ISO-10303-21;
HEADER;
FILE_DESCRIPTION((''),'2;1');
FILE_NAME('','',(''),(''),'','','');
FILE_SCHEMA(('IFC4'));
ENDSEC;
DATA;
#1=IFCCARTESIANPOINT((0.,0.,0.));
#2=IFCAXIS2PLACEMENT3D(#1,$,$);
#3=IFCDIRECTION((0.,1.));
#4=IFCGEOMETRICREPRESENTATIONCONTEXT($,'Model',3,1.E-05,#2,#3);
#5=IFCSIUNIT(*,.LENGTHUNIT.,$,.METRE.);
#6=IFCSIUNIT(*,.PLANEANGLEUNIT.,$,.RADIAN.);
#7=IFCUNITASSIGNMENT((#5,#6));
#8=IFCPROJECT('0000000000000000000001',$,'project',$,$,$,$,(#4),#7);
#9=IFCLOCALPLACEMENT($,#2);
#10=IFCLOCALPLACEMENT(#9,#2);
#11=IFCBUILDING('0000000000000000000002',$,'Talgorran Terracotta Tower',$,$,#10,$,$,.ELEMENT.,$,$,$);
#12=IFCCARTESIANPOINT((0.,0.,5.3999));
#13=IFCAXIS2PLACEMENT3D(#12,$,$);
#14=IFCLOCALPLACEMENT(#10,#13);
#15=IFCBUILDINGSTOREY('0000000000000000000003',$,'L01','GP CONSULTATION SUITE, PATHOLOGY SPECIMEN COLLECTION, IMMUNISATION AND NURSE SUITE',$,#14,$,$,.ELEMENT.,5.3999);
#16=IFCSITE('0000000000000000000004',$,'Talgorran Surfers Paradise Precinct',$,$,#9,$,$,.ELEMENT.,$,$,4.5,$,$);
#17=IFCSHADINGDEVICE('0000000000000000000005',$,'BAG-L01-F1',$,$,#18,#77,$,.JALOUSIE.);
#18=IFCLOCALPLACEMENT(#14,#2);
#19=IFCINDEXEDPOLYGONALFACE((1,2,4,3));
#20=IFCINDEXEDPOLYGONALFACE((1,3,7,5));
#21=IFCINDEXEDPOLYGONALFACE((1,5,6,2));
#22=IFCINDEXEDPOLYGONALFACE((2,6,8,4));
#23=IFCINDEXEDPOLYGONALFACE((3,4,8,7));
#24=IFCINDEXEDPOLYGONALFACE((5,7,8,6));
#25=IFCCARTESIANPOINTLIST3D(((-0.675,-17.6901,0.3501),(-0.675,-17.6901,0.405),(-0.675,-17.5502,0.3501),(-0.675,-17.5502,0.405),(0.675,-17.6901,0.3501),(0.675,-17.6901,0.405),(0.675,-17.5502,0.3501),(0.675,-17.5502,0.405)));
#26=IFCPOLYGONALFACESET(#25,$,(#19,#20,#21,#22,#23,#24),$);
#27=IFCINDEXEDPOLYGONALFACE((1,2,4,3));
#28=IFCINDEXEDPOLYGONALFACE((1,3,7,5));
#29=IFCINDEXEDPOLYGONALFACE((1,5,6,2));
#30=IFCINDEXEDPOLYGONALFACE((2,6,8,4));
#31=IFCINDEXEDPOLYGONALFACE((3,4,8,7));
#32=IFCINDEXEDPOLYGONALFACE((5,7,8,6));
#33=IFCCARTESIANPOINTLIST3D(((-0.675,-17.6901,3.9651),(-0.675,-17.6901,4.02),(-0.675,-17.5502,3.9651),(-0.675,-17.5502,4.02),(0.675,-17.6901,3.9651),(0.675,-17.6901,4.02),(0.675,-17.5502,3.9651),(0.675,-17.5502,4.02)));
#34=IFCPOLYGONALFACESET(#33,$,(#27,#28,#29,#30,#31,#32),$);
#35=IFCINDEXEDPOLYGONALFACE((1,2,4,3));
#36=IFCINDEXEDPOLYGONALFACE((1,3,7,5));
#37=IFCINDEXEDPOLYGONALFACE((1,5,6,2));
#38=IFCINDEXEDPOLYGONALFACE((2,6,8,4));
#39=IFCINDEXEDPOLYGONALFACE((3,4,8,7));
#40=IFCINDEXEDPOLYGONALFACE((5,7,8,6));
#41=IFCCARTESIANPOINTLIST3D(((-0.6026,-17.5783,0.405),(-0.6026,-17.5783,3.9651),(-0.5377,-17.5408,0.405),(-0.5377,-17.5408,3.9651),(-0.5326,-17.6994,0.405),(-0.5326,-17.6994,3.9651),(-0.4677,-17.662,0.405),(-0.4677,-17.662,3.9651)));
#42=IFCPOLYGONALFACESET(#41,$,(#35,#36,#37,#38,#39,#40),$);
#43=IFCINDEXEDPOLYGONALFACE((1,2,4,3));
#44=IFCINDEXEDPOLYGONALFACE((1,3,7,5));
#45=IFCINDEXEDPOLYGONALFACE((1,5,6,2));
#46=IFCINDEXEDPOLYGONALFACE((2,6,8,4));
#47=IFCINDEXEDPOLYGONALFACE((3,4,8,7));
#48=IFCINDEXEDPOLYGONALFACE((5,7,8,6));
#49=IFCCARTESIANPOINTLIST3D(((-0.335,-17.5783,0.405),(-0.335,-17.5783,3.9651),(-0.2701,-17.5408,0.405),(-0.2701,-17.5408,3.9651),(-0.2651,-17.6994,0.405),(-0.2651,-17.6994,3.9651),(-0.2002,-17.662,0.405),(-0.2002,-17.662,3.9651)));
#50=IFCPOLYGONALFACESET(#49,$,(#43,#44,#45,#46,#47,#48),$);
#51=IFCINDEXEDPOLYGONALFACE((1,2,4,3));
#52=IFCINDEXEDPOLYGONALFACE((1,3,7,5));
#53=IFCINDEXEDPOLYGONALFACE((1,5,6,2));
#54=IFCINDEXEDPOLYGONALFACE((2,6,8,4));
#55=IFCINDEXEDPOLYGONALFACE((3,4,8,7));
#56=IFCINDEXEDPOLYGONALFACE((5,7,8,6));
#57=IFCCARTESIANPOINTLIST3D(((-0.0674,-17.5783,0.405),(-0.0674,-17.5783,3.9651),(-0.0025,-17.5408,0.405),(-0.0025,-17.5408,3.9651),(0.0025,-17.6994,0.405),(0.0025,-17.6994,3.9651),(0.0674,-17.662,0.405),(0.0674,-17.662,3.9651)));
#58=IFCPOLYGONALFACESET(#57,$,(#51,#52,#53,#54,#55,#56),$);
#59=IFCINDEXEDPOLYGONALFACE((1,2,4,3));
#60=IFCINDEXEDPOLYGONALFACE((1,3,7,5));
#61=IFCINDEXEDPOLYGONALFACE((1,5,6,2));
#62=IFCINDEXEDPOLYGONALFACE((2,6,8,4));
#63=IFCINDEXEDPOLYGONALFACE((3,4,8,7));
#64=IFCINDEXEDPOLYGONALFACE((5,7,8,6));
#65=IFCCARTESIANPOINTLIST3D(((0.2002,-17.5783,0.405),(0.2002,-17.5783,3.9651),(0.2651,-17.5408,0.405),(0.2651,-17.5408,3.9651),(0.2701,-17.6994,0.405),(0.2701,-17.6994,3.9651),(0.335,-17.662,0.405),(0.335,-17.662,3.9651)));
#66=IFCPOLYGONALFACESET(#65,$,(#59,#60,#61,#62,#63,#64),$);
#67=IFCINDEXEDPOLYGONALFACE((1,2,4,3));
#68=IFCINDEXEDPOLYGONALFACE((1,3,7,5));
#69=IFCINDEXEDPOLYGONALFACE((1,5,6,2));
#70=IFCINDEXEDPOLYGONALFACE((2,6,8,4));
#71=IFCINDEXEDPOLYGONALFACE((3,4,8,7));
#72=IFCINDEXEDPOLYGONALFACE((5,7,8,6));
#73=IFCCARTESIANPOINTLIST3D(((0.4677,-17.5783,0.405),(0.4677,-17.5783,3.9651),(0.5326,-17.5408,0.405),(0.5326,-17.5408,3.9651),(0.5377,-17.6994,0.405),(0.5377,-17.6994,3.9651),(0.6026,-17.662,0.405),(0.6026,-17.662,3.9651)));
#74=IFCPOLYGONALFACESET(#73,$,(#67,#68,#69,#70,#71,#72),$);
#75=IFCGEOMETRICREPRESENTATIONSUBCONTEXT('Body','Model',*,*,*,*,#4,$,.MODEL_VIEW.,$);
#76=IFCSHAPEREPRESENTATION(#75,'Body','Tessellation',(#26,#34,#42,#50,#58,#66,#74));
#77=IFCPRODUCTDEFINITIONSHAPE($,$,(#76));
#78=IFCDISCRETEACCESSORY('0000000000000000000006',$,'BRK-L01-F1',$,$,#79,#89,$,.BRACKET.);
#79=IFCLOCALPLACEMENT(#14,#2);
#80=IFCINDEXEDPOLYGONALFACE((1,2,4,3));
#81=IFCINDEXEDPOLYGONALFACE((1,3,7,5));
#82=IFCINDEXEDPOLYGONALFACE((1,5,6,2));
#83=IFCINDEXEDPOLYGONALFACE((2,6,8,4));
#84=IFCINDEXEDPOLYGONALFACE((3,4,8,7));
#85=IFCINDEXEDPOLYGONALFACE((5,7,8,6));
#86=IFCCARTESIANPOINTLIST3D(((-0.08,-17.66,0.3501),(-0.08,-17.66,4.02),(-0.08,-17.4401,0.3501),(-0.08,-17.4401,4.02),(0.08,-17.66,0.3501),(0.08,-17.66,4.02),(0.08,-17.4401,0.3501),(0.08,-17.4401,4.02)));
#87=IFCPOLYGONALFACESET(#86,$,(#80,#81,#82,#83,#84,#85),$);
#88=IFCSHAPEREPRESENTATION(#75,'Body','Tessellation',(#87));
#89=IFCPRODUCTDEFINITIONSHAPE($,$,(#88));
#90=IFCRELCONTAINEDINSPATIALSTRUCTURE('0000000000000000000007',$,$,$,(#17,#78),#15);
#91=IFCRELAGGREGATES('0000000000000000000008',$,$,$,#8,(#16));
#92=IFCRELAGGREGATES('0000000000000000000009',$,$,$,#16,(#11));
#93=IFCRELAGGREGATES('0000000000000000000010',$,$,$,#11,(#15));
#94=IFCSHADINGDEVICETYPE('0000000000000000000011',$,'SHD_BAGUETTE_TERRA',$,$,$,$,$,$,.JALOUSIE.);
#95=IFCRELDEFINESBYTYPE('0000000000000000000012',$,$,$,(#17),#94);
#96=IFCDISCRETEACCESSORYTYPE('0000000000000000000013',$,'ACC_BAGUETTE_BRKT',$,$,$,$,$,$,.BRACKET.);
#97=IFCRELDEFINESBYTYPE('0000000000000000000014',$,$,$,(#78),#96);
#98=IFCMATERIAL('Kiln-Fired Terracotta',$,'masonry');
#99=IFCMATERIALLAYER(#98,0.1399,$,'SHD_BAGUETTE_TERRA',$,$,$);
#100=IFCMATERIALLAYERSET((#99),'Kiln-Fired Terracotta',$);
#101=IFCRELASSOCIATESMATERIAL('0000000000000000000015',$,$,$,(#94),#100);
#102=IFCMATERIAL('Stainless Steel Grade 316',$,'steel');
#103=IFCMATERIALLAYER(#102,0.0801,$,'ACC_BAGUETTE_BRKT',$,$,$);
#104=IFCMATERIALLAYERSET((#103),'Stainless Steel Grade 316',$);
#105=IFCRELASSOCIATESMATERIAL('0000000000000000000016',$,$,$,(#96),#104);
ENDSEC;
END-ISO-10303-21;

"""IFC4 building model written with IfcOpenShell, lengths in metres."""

from ifc_helpers import new_model, si_unit, direction, frame, origin, origin_2d, place, context, subcontext, project, spatial, rectangle, extrude, source, transform, mapped, material, layer, layer_set, type_object, type_shapes, element, save


model = new_model("IFC4")

# Units and contexts
model_context = context("Model", 3, precision=1e-05, world=origin(), true_north=direction((0.0, 1.0)))
body_context = subcontext(model_context, "Body", "Model", "MODEL_VIEW")
ifc_project = project(units=[si_unit("LENGTHUNIT", "METRE"), si_unit("PLANEANGLEUNIT", "RADIAN")], contexts=[model_context])

# Site, building, storey
site_placement = place(None, origin())
site = spatial("IfcSite", under=ifc_project, at=site_placement, Name="Talgorran Surfers Paradise Precinct", CompositionType="ELEMENT", RefElevation=4.5)
building_placement = place(site_placement, origin())
building = spatial("IfcBuilding", under=site, at=building_placement, Name="Talgorran Terracotta Tower", CompositionType="ELEMENT")
storey_placement = place(building_placement, frame((0.0, 0.0, 5.3999)))
storey = spatial("IfcBuildingStorey", under=building, at=storey_placement, Name="L01", Description="GP CONSULTATION SUITE, PATHOLOGY SPECIMEN COLLECTION, IMMUNISATION AND NURSE SUITE", CompositionType="ELEMENT", Elevation=5.3999)

# Shading device
ifc_material_1 = material(Name="Kiln-Fired Terracotta", Category="masonry")
ifc_layer_1 = layer(ifc_material_1, 0.1399, Name="SHD_BAGUETTE_TERRA")
ifc_layer_set_1 = layer_set([ifc_layer_1], Name="Kiln-Fired Terracotta")
shading_device_type = type_object("IfcShadingDeviceType", Name="SHD_BAGUETTE_TERRA", PredefinedType="JALOUSIE", material=ifc_layer_set_1)
shared_shape_1 = source(origin(), body_context, "Body", "SweptSolid", [
    extrude(rectangle(XDim=1.3501, YDim=0.1399, at=origin_2d()), origin(), (0.0, 0.0, 1.0), 0.0549),
    extrude(rectangle(XDim=1.3501, YDim=0.1399, at=origin_2d()), frame((0.0, 0.0, 3.615)), (0.0, 0.0, 1.0), 0.0549),
    extrude(rectangle(XDim=0.075, YDim=0.1399, at=origin_2d()), frame((-0.5352, 0.0, 0.0549), z_axis=(0.0, 0.0, 1.0), x_axis=(0.866025, 0.5, 0.0)), (0.0, 0.0, 1.0), 3.5601),
    extrude(rectangle(XDim=0.075, YDim=0.1399, at=origin_2d()), frame((-0.2676, 0.0, 0.0549), z_axis=(0.0, 0.0, 1.0), x_axis=(0.866025, 0.5, 0.0)), (0.0, 0.0, 1.0), 3.5601),
    extrude(rectangle(XDim=0.075, YDim=0.1399, at=origin_2d()), frame((0.0, 0.0, 0.0549), z_axis=(0.0, 0.0, 1.0), x_axis=(0.866025, 0.5, 0.0)), (0.0, 0.0, 1.0), 3.5601),
    extrude(rectangle(XDim=0.075, YDim=0.1399, at=origin_2d()), frame((0.2676, 0.0, 0.0549), z_axis=(0.0, 0.0, 1.0), x_axis=(0.866025, 0.5, 0.0)), (0.0, 0.0, 1.0), 3.5601),
    extrude(rectangle(XDim=0.075, YDim=0.1399, at=origin_2d()), frame((0.5352, 0.0, 0.0549), z_axis=(0.0, 0.0, 1.0), x_axis=(0.866025, 0.5, 0.0)), (0.0, 0.0, 1.0), 3.5601),
])
type_shapes(shading_device_type, [shared_shape_1])
shading_device_placement = place(storey_placement, frame((0.0, -17.6201, 0.3501), z_axis=(0.0, 0.0, 1.0), x_axis=(1.0, 0.0, 0.0)))
element("IfcShadingDevice", 1, at=shading_device_placement, inside=storey, type_object=shading_device_type, Name="BAG-L01-F1", PredefinedType="JALOUSIE", context=body_context, shape_type="MappedRepresentation", body=[
    mapped(shared_shape_1, transform((0.0, 0.0, 0.0), scale=1.0)),
])

# Discrete accessory
ifc_material_2 = material(Name="Stainless Steel Grade 316", Category="steel")
ifc_layer_2 = layer(ifc_material_2, 0.0801, Name="ACC_BAGUETTE_BRKT")
ifc_layer_set_2 = layer_set([ifc_layer_2], Name="Stainless Steel Grade 316")
discrete_accessory_type = type_object("IfcDiscreteAccessoryType", Name="ACC_BAGUETTE_BRKT", PredefinedType="BRACKET", material=ifc_layer_set_2)
shared_shape_2 = source(origin(), body_context, "Body", "SweptSolid", [
    extrude(rectangle(XDim=0.1599, YDim=0.22, at=origin_2d()), origin(), (0.0, 0.0, 1.0), 3.6699),
])
type_shapes(discrete_accessory_type, [shared_shape_2])
discrete_accessory_placement = place(storey_placement, frame((0.0, -17.55, 0.3501), z_axis=(0.0, 0.0, 1.0), x_axis=(1.0, 0.0, 0.0)))
element("IfcDiscreteAccessory", 2, at=discrete_accessory_placement, inside=storey, type_object=discrete_accessory_type, Name="BRK-L01-F1", PredefinedType="BRACKET", context=body_context, shape_type="MappedRepresentation", body=[
    mapped(shared_shape_2, transform((0.0, 0.0, 0.0), scale=1.0)),
])

save(model, "model.ifc")
